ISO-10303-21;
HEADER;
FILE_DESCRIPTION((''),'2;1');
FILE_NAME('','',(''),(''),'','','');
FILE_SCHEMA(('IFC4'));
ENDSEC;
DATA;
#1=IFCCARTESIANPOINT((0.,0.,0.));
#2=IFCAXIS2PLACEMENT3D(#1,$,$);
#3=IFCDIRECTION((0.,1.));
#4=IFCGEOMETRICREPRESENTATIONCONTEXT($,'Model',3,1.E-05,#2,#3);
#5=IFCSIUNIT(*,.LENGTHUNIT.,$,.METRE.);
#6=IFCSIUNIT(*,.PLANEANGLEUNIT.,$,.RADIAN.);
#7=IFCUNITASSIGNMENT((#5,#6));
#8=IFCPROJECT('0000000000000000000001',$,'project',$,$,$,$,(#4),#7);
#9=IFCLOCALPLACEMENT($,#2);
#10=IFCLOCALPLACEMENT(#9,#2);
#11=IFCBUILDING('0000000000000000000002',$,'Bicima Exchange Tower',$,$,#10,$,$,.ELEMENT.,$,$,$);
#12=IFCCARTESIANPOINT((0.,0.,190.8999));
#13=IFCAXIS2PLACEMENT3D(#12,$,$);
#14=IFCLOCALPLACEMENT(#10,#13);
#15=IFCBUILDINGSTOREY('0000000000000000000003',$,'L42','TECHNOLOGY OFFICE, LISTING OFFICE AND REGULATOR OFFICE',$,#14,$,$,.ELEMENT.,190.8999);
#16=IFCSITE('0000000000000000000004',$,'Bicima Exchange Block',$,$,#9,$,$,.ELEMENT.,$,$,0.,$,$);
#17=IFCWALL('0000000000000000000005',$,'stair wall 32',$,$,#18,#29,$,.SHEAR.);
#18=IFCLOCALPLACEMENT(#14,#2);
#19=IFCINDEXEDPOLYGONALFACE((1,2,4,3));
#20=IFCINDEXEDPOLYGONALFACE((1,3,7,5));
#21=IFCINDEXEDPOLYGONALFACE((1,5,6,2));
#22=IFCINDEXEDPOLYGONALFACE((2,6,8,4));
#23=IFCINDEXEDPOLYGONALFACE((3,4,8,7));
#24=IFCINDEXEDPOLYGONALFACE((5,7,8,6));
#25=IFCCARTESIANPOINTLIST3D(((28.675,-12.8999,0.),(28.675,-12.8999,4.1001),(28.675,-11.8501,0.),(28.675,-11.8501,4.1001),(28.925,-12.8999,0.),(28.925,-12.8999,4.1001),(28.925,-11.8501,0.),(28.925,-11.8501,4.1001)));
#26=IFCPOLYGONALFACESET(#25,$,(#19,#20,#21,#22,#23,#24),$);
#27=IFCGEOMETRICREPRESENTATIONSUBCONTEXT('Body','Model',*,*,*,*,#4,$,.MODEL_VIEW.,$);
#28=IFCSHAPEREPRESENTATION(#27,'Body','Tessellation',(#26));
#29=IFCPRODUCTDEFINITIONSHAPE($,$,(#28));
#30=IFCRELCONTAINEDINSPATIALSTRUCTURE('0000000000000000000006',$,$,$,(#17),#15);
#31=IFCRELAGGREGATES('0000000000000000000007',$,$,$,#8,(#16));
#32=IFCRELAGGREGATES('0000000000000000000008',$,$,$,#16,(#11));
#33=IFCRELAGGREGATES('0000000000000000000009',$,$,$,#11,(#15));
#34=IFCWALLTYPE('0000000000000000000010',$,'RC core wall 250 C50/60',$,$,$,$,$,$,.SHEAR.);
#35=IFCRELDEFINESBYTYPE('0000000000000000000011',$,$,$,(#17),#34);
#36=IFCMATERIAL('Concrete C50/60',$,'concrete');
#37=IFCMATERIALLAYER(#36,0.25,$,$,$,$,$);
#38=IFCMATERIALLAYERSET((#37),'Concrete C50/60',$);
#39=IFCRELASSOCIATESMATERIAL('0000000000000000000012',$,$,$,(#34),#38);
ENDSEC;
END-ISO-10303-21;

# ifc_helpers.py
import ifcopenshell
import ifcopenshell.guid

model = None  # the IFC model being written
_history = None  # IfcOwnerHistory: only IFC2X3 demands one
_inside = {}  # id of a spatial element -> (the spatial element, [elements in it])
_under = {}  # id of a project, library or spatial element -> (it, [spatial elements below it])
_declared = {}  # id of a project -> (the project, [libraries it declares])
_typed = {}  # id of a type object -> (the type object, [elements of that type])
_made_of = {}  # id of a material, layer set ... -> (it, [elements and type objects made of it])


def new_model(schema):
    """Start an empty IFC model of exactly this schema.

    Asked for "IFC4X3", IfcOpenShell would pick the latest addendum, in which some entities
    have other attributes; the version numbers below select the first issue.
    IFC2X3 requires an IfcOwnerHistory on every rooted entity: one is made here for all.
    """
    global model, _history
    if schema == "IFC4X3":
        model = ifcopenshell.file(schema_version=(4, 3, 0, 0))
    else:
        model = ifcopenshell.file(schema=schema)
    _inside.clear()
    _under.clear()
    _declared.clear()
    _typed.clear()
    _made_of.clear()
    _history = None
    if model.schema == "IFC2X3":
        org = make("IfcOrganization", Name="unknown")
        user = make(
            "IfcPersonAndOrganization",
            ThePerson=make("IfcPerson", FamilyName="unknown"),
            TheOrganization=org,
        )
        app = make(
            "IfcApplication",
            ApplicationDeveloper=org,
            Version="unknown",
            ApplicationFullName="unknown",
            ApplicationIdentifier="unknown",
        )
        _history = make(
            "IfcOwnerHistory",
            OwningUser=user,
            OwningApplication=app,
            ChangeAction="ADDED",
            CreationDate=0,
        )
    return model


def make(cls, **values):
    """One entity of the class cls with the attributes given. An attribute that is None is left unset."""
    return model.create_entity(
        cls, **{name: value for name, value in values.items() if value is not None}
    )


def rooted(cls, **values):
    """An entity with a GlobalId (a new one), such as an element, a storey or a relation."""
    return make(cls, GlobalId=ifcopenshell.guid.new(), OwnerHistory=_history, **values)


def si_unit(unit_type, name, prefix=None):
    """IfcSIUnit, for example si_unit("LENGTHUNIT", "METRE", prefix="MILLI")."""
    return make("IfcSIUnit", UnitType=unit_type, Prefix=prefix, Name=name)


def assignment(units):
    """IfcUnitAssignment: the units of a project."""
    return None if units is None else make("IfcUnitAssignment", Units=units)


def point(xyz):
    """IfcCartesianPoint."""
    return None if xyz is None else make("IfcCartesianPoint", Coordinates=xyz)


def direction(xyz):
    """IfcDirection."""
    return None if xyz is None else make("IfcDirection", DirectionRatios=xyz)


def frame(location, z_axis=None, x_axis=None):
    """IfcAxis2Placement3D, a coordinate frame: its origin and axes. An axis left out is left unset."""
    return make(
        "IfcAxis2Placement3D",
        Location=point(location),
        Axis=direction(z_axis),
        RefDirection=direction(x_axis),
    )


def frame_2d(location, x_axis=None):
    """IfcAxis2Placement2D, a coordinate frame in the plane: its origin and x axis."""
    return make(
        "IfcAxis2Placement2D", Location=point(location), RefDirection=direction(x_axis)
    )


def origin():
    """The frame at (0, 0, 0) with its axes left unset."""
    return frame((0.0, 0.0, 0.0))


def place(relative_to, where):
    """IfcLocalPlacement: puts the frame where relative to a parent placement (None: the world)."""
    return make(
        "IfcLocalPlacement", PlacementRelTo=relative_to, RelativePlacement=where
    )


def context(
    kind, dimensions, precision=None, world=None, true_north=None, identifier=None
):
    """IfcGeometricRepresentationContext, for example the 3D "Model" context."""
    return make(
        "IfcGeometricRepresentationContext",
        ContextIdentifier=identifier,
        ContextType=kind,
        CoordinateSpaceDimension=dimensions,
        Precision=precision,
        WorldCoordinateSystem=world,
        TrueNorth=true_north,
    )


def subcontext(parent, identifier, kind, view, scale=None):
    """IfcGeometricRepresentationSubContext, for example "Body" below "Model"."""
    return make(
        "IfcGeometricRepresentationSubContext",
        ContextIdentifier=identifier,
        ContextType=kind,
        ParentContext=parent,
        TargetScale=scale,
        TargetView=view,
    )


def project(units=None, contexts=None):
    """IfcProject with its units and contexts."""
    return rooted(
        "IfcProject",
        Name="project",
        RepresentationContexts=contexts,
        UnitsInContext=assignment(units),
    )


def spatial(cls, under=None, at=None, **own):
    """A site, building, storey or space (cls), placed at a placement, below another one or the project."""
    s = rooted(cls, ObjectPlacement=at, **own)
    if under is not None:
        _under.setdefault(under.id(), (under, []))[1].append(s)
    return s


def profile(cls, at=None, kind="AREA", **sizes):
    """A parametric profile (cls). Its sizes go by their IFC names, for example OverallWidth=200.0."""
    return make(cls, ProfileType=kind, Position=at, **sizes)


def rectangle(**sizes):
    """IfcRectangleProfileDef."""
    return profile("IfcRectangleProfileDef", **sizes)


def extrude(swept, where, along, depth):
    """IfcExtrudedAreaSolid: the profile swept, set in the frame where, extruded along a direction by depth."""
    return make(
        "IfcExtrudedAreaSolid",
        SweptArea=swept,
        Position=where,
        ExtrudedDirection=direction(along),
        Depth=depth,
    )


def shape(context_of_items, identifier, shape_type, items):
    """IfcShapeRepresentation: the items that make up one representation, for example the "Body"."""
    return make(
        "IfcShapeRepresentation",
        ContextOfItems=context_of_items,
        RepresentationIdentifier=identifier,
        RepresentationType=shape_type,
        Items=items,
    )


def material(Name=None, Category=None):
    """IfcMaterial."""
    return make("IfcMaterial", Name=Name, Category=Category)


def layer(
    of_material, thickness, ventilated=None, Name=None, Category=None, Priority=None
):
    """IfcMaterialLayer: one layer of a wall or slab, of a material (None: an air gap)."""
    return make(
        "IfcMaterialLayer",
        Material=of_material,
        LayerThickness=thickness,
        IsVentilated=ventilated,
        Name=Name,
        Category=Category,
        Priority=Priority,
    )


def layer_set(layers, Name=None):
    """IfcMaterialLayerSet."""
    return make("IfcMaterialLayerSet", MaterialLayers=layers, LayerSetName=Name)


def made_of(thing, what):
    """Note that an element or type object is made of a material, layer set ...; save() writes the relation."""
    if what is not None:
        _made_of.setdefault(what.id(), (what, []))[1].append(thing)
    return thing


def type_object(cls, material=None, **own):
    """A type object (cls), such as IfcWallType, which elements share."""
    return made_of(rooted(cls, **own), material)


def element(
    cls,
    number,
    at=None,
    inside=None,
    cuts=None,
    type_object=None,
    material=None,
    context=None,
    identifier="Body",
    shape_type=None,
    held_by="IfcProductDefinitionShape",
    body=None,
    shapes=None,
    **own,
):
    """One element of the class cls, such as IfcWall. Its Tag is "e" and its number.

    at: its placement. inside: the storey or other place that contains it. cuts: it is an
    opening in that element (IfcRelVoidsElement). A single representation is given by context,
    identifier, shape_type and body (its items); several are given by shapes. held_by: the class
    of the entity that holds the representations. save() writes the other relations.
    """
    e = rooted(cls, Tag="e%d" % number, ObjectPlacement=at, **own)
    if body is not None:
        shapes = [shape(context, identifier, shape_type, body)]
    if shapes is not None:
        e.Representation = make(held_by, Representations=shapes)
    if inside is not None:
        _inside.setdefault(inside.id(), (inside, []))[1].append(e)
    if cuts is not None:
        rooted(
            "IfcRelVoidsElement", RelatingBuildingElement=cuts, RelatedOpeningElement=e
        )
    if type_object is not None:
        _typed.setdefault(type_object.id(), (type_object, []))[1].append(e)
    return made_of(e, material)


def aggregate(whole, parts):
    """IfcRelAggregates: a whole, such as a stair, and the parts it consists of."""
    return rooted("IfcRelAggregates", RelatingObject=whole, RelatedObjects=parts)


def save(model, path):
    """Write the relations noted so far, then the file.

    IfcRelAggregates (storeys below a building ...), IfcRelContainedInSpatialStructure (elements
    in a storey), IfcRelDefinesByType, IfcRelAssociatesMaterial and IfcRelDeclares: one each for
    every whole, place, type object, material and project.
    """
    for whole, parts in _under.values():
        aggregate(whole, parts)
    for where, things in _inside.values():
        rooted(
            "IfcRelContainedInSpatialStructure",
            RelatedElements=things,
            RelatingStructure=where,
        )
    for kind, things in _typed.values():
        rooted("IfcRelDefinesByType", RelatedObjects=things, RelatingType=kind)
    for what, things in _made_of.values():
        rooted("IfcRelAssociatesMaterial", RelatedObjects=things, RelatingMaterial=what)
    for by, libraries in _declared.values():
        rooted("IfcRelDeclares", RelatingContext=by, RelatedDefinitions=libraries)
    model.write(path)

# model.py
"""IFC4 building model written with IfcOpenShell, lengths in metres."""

from ifc_helpers import new_model, si_unit, direction, frame, frame_2d, origin, place, context, subcontext, project, spatial, rectangle, extrude, material, layer, layer_set, type_object, element, save


model = new_model("IFC4")

# Units and contexts
model_context = context("Model", 3, precision=1e-05, world=origin(), true_north=direction((0.0, 1.0)))
body_context = subcontext(model_context, "Body", "Model", "MODEL_VIEW")
ifc_project = project(units=[si_unit("LENGTHUNIT", "METRE"), si_unit("PLANEANGLEUNIT", "RADIAN")], contexts=[model_context])

# Site, building, storey
site_placement = place(None, origin())
site = spatial("IfcSite", under=ifc_project, at=site_placement, Name="Bicima Exchange Block", CompositionType="ELEMENT", RefElevation=0.0)
building_placement = place(site_placement, origin())
building = spatial("IfcBuilding", under=site, at=building_placement, Name="Bicima Exchange Tower", CompositionType="ELEMENT")
storey_placement = place(building_placement, frame((0.0, 0.0, 190.8999)))
storey = spatial("IfcBuildingStorey", under=building, at=storey_placement, Name="L42", Description="TECHNOLOGY OFFICE, LISTING OFFICE AND REGULATOR OFFICE", CompositionType="ELEMENT", Elevation=190.8999)

# Wall
ifc_material_1 = material(Name="Concrete C50/60", Category="concrete")
ifc_layer_1 = layer(ifc_material_1, 0.25)
ifc_layer_set_1 = layer_set([ifc_layer_1], Name="Concrete C50/60")
wall_type_1 = type_object("IfcWallType", Name="RC core wall 250 C50/60", PredefinedType="SHEAR", material=ifc_layer_set_1)
wall_1_placement = place(storey_placement, frame((28.8, -12.8999, 0.0), z_axis=(0.0, 0.0, 1.0), x_axis=(0.0, 1.0, 0.0)))
element("IfcWall", 1, at=wall_1_placement, inside=storey, type_object=wall_type_1, Name="stair wall 32", PredefinedType="SHEAR", context=body_context, shape_type="SweptSolid", body=[
    extrude(rectangle(XDim=1.0498, YDim=0.25, at=frame_2d((0.5249, 0.0))), origin(), (0.0, 0.0, 1.0), 4.1001),
])

save(model, "model.ifc")
